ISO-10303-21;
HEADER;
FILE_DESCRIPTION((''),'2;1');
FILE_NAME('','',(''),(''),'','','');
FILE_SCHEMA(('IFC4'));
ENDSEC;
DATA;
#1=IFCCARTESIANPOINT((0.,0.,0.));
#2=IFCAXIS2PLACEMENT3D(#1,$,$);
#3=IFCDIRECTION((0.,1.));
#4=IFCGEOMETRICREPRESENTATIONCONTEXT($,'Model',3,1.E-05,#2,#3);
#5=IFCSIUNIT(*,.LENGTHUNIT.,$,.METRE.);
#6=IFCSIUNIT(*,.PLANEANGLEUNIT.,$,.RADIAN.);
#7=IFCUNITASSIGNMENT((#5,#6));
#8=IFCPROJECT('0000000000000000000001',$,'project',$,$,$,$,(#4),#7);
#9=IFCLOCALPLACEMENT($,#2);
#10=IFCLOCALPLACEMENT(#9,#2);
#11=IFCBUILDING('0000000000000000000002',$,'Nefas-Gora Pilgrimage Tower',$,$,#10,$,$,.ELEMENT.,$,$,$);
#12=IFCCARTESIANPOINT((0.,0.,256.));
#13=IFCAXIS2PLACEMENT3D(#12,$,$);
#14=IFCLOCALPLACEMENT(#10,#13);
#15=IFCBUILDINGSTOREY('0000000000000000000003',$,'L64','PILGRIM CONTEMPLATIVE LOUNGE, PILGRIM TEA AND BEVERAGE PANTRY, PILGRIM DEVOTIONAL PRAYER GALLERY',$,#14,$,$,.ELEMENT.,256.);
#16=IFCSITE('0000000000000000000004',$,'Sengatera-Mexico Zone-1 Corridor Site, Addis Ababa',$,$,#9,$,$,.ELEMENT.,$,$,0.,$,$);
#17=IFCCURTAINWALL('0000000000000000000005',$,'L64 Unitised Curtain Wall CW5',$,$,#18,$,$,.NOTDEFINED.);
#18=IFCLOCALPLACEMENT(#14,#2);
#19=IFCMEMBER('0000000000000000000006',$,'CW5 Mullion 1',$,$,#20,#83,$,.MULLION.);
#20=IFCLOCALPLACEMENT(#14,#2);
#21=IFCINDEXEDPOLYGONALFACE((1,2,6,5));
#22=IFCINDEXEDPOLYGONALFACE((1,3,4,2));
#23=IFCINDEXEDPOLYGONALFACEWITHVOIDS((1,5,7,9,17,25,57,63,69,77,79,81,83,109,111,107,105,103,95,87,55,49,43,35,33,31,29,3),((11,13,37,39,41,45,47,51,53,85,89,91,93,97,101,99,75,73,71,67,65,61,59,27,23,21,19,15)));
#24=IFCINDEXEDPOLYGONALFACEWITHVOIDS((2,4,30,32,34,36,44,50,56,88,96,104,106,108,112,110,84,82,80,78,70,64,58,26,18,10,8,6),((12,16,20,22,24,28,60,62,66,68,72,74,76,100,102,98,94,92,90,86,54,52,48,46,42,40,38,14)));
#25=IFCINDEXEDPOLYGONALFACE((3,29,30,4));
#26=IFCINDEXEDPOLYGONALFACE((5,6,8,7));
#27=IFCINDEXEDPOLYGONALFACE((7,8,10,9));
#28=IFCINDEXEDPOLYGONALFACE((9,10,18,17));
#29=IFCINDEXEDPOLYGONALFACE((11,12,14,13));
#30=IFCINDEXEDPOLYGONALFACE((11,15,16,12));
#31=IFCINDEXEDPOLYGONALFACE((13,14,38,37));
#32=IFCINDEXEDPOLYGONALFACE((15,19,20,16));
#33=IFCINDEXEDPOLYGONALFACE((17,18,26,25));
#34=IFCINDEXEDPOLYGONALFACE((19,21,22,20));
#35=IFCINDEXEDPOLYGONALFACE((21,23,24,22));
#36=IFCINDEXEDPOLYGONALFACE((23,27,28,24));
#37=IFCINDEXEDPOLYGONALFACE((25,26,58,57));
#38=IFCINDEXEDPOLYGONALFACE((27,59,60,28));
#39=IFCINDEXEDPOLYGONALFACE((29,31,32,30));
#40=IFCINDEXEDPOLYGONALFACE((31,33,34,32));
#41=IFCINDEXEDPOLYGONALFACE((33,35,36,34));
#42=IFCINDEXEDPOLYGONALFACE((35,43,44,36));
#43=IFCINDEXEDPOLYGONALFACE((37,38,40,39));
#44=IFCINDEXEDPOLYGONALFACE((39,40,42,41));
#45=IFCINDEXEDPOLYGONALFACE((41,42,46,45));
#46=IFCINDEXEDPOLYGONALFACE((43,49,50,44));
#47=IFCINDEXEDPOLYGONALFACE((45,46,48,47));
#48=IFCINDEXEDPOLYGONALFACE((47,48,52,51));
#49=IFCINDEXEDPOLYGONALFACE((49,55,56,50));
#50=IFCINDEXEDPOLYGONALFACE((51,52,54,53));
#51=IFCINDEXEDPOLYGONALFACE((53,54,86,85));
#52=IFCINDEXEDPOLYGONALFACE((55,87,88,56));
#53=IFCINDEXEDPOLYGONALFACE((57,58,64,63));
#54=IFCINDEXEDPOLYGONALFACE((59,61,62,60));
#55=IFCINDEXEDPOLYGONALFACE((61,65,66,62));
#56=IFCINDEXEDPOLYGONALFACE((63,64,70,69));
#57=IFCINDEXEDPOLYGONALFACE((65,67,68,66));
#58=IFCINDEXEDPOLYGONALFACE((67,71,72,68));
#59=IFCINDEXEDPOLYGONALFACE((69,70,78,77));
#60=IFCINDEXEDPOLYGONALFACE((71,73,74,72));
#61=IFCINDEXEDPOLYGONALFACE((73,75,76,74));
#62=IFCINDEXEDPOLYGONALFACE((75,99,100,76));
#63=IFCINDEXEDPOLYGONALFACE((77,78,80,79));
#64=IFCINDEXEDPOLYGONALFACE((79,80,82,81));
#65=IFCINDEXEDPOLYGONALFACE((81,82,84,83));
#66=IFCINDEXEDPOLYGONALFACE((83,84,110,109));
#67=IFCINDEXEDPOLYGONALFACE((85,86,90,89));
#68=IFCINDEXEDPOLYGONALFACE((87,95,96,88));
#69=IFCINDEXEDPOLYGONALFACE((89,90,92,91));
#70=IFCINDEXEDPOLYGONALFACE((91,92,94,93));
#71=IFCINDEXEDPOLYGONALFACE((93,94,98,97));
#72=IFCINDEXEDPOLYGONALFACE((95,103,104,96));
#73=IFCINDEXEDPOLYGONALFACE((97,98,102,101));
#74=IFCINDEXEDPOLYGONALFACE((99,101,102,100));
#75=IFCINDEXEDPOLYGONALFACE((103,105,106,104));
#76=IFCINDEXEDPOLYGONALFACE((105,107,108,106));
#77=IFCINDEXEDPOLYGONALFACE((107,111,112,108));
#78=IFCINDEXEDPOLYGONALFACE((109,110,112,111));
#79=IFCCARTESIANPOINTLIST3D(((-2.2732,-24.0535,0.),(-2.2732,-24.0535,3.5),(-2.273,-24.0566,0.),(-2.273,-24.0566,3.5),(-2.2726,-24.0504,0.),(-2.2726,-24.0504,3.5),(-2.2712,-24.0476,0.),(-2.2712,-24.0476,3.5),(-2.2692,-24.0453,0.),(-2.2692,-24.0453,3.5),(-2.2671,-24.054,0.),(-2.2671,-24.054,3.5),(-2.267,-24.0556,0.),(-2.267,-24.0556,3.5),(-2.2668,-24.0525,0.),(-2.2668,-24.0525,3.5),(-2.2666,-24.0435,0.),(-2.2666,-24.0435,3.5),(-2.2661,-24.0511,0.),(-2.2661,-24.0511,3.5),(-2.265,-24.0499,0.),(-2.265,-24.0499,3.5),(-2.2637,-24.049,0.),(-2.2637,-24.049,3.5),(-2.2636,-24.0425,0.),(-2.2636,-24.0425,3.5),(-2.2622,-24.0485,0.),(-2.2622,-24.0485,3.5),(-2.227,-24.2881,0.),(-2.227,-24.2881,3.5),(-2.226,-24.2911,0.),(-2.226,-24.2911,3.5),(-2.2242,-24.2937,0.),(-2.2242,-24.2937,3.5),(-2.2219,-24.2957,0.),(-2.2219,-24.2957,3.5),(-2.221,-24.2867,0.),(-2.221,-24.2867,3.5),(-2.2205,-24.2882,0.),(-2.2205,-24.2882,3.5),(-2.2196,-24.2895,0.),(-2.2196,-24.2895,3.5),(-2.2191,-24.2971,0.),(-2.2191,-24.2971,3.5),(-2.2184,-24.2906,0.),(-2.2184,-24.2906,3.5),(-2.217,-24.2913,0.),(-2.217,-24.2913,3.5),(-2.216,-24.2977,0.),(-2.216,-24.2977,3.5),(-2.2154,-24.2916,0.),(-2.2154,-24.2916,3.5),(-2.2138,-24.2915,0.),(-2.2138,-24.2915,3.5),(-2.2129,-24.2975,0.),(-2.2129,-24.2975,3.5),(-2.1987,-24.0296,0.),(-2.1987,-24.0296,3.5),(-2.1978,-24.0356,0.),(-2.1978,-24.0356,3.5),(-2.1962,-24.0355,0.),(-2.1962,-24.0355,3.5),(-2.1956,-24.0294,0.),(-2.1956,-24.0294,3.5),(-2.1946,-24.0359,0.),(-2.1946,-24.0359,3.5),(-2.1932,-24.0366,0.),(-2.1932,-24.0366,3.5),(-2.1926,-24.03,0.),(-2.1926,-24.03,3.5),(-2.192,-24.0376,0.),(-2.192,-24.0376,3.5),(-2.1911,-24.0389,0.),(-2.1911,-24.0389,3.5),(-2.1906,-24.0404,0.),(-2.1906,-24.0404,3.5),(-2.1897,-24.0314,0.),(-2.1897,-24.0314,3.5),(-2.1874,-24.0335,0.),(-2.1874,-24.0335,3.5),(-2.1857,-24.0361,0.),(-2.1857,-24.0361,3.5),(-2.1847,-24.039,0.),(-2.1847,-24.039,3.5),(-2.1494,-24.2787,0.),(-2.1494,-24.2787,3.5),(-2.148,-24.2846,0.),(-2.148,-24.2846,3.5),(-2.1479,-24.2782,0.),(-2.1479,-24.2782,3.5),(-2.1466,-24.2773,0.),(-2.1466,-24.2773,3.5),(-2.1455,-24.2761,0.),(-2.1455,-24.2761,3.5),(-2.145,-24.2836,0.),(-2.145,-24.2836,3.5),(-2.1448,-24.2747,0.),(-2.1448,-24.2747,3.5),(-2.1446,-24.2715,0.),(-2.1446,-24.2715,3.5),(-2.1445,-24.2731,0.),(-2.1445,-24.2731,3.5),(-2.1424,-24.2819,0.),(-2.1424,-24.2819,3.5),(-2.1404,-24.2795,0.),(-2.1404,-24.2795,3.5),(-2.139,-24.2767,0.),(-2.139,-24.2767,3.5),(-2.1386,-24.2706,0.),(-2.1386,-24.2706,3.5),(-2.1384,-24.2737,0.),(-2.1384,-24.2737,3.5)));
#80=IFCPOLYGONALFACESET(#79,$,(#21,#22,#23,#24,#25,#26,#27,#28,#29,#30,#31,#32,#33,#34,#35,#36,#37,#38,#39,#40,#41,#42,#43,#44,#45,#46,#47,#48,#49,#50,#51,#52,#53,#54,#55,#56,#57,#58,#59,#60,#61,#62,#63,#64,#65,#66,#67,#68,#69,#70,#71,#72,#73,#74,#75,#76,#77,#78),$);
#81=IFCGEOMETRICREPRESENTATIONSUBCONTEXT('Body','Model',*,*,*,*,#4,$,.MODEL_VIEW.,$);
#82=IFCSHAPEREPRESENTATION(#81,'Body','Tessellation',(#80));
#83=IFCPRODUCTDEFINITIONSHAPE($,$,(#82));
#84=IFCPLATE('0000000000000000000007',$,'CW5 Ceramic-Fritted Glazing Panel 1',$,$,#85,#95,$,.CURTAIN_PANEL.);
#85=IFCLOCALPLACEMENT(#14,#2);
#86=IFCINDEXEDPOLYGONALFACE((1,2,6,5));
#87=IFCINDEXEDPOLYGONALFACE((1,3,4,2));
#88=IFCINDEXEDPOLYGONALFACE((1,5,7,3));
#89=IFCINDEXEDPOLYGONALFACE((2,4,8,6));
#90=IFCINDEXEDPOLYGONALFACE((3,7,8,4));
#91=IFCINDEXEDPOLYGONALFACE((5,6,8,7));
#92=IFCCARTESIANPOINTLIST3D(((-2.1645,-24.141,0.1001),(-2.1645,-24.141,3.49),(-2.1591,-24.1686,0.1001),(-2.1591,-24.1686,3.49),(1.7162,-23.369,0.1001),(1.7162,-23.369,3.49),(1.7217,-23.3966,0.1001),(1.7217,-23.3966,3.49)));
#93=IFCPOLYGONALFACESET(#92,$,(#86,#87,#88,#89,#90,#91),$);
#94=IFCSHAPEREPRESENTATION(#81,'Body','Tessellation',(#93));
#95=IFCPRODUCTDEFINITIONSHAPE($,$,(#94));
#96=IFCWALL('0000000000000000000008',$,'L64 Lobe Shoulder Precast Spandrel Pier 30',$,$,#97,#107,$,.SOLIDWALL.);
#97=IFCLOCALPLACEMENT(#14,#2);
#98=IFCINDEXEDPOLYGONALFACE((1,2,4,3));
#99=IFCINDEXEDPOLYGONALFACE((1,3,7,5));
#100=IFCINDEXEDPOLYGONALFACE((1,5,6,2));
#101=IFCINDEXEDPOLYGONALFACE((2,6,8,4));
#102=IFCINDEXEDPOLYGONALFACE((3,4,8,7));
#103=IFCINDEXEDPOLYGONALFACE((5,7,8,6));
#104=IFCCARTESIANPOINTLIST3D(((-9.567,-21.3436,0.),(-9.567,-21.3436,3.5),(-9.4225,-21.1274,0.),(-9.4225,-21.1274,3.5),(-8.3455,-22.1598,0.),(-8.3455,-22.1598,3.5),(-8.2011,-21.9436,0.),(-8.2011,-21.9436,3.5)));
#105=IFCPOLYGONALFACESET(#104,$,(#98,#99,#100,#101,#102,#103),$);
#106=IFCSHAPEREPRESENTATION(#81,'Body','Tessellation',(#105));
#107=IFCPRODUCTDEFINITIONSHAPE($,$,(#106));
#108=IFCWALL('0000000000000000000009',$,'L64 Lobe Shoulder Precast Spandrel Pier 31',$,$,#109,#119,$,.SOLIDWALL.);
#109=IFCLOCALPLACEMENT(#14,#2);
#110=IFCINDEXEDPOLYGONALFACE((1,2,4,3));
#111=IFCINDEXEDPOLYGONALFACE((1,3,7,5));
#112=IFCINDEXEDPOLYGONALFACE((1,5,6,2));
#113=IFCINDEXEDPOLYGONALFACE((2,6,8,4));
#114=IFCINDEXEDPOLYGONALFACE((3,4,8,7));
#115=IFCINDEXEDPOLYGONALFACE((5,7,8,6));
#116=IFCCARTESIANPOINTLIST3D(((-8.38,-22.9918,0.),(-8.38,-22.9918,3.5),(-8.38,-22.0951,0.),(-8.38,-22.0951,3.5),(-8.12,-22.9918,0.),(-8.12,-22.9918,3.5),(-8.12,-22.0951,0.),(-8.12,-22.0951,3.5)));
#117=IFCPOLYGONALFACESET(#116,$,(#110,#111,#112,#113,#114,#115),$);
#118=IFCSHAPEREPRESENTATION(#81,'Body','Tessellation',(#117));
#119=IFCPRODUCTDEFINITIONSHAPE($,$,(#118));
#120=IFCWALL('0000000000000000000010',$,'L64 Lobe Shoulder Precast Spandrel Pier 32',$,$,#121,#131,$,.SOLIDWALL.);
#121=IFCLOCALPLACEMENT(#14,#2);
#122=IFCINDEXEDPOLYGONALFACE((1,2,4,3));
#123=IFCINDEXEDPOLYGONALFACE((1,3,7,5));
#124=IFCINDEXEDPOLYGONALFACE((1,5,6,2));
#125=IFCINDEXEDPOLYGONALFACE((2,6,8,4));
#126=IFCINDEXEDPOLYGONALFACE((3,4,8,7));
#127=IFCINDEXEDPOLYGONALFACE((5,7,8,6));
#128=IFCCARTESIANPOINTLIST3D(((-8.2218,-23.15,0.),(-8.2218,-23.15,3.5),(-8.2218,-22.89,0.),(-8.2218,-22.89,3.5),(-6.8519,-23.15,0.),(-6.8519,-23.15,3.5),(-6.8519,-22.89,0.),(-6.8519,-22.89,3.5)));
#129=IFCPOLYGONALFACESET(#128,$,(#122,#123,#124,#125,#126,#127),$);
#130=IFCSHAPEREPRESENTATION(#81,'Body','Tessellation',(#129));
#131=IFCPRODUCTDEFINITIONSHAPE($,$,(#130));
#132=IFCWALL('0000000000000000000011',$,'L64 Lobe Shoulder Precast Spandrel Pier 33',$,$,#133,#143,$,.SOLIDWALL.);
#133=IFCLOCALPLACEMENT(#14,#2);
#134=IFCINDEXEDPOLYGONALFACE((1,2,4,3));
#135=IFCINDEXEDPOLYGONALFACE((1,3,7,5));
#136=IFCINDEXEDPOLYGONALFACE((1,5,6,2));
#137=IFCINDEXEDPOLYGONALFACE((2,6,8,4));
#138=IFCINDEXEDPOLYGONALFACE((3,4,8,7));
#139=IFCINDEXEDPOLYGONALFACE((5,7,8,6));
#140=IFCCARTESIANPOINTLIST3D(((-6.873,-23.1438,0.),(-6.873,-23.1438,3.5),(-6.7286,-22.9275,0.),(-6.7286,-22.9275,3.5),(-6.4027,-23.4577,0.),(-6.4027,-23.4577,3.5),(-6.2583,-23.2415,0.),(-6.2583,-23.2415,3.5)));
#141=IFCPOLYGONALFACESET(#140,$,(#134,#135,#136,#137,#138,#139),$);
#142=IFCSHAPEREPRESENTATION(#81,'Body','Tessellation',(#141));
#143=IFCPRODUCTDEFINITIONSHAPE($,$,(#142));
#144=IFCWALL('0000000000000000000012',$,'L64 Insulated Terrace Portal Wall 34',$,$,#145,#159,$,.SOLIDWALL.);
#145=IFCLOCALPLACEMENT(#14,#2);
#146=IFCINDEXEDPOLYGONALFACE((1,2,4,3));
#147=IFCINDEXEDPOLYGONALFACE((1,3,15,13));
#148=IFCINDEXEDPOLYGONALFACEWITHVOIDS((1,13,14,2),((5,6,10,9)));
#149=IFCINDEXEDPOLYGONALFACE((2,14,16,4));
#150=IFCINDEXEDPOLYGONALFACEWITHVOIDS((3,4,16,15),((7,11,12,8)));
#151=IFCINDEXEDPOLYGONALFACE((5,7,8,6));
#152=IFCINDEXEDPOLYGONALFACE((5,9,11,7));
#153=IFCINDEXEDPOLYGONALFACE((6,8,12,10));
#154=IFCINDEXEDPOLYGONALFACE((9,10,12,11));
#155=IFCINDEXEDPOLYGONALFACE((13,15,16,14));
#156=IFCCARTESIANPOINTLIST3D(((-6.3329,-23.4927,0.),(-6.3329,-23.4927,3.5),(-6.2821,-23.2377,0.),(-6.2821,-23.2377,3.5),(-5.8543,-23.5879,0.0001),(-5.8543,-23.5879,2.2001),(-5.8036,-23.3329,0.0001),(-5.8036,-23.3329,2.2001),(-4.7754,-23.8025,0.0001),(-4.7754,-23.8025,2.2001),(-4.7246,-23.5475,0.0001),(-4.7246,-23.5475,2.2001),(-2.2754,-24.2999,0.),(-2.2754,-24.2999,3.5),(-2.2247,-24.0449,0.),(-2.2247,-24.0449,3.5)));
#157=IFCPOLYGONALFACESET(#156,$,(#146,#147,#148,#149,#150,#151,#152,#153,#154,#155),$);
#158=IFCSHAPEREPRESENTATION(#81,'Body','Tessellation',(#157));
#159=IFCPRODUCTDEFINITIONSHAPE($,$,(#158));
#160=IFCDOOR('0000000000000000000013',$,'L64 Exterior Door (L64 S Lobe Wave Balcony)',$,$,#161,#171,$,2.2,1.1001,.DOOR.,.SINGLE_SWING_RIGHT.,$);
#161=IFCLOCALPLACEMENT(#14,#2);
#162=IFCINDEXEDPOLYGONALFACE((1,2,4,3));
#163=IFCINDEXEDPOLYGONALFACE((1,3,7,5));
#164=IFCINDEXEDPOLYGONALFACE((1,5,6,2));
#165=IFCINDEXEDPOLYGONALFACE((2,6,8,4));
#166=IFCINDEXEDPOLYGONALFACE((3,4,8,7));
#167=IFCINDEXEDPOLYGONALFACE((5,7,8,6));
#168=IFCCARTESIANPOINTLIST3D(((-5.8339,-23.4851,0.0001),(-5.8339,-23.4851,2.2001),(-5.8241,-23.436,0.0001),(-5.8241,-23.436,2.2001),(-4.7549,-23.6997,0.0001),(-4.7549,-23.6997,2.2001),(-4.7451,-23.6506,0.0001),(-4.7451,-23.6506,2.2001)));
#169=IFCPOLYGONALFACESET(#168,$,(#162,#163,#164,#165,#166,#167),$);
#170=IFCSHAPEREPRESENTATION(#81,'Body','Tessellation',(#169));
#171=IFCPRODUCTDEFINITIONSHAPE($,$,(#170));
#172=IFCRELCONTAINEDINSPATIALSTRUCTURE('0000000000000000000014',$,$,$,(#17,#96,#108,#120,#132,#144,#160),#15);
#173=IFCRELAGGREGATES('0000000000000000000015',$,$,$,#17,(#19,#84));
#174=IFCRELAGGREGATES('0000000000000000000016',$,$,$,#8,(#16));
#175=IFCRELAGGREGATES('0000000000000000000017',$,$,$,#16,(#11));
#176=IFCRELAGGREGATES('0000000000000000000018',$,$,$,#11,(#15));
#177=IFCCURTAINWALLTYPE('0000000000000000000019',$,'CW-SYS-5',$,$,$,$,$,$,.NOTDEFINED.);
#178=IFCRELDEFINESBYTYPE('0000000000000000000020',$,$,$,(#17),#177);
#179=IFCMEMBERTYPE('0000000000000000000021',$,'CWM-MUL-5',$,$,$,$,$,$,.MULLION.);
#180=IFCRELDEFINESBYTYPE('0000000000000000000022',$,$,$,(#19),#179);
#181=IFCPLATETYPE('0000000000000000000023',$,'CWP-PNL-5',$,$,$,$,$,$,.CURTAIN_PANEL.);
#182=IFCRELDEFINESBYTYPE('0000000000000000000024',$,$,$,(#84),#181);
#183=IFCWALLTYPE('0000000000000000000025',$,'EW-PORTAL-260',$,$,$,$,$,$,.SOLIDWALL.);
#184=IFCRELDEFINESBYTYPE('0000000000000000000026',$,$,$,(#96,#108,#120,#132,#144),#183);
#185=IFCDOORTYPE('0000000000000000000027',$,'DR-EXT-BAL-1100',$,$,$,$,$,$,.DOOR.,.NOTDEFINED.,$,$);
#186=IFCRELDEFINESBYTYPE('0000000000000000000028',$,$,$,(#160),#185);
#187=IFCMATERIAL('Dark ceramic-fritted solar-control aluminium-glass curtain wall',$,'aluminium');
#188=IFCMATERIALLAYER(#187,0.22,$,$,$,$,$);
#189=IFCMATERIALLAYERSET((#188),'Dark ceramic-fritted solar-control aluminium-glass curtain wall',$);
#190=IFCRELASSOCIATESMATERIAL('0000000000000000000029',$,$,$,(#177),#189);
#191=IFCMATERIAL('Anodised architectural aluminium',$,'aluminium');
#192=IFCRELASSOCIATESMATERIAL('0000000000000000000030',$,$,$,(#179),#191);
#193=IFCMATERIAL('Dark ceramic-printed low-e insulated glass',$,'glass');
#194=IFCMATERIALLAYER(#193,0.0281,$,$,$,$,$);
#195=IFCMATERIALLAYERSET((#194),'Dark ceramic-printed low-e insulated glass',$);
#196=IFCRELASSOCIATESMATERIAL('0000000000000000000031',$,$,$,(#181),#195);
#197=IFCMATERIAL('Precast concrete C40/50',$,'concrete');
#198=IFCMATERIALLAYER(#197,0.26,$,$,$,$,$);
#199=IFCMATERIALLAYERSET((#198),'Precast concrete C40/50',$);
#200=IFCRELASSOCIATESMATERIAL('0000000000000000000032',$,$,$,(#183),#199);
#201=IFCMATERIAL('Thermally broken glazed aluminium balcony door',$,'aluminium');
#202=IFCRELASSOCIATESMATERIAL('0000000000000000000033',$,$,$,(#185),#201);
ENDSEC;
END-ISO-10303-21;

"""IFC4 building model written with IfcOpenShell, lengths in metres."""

from ifc_helpers import new_model, si_unit, direction, frame, frame_2d, origin, origin_2d, place, context, subcontext, project, spatial, rectangle, hollow_rectangle, extrude, source, transform, mapped, material, layer, layer_set, material_profile, profile_set, type_object, element, fill, aggregate, save


model = new_model("IFC4")

# Units and contexts
model_context = context("Model", 3, precision=1e-05, world=origin(), true_north=direction((0.0, 1.0)))
body_context = subcontext(model_context, "Body", "Model", "MODEL_VIEW")
ifc_project = project(units=[si_unit("LENGTHUNIT", "METRE"), si_unit("PLANEANGLEUNIT", "RADIAN")], contexts=[model_context])

# Site, building, storey
site_placement = place(None, origin())
site = spatial("IfcSite", under=ifc_project, at=site_placement, Name="Sengatera-Mexico Zone-1 Corridor Site, Addis Ababa", CompositionType="ELEMENT", RefElevation=0.0)
building_placement = place(site_placement, origin())
building = spatial("IfcBuilding", under=site, at=building_placement, Name="Nefas-Gora Pilgrimage Tower", CompositionType="ELEMENT")
storey_placement = place(building_placement, frame((0.0, 0.0, 256.0)))
storey = spatial("IfcBuildingStorey", under=building, at=storey_placement, Name="L64", Description="PILGRIM CONTEMPLATIVE LOUNGE, PILGRIM TEA AND BEVERAGE PANTRY, PILGRIM DEVOTIONAL PRAYER GALLERY", CompositionType="ELEMENT", Elevation=256.0)

# Curtain wall
ifc_material_1 = material(Name="Dark ceramic-fritted solar-control aluminium-glass curtain wall", Category="aluminium")
ifc_layer_1 = layer(ifc_material_1, 0.22)
ifc_layer_set_1 = layer_set([ifc_layer_1], Name="Dark ceramic-fritted solar-control aluminium-glass curtain wall")
curtain_wall_type = type_object("IfcCurtainWallType", Name="CW-SYS-5", PredefinedType="NOTDEFINED", material=ifc_layer_set_1)
curtain_wall_1_placement = place(storey_placement, origin())
curtain_wall_1 = element("IfcCurtainWall", 1, at=curtain_wall_1_placement, inside=storey, type_object=curtain_wall_type, Name="L64 Unitised Curtain Wall CW5", PredefinedType="NOTDEFINED")
ifc_material_2 = material(Name="Anodised architectural aluminium", Category="aluminium")
ifc_material_profile_1 = material_profile(ifc_material_2, hollow_rectangle(XDim=0.0901, YDim=0.26, WallThickness=0.0061, InnerFilletRadius=0.0061, OuterFilletRadius=0.012, at=origin_2d()), Name="ALU MULLION 90x260")
ifc_profile_set_1 = profile_set([ifc_material_profile_1], Name="Anodised architectural aluminium")
member_type_1 = type_object("IfcMemberType", Name="CWM-MUL-5", PredefinedType="MULLION", material=ifc_profile_set_1)
shared_shape_1 = source(origin(), body_context, "Body", "SweptSolid", [
    extrude(hollow_rectangle(XDim=0.0901, YDim=0.26, WallThickness=0.0061, InnerFilletRadius=0.0061, OuterFilletRadius=0.012, at=origin_2d()), origin(), (0.0, 0.0, 1.0), 3.5),
])

# Member
member_1_placement = place(storey_placement, frame((-2.2058, -24.1636, 0.0), z_axis=(0.0, 0.0, 1.0), x_axis=(0.980783, 0.195102, 0.0)))
member_1 = element("IfcMember", 2, at=member_1_placement, type_object=member_type_1, Name="CW5 Mullion 1", PredefinedType="MULLION", context=body_context, shape_type="MappedRepresentation", body=[
    mapped(shared_shape_1, transform((0.0, 0.0, 0.0), x_axis=(1.0, 0.0, 0.0), y_axis=(0.0, 1.0, 0.0), z_axis=(0.0, 0.0, 1.0), scale=1.0)),
])

# Plate
ifc_material_3 = material(Name="Dark ceramic-printed low-e insulated glass", Category="glass")
ifc_layer_2 = layer(ifc_material_3, 0.0281)
ifc_layer_set_2 = layer_set([ifc_layer_2], Name="Dark ceramic-printed low-e insulated glass")
plate_type = type_object("IfcPlateType", Name="CWP-PNL-5", PredefinedType="CURTAIN_PANEL", material=ifc_layer_set_2)
shared_shape_2 = source(origin(), body_context, "Body", "SweptSolid", [
    extrude(rectangle(XDim=3.9568, YDim=0.0281, at=origin_2d()), origin(), (0.0, 0.0, 1.0), 3.3899),
])
plate_placement = place(storey_placement, frame((-0.2214, -23.7688, 0.1001), z_axis=(0.0, 0.0, 1.0), x_axis=(0.980783, 0.195102, 0.0)))
plate = element("IfcPlate", 3, at=plate_placement, type_object=plate_type, Name="CW5 Ceramic-Fritted Glazing Panel 1", PredefinedType="CURTAIN_PANEL", context=body_context, shape_type="MappedRepresentation", body=[
    mapped(shared_shape_2, transform((0.0, 0.0, 0.0), x_axis=(1.0, 0.0, 0.0), y_axis=(0.0, 1.0, 0.0), z_axis=(0.0, 0.0, 1.0), scale=1.0)),
])
aggregate(curtain_wall_1, [member_1, plate])

# Walls
ifc_material_4 = material(Name="Precast concrete C40/50", Category="concrete")
ifc_layer_3 = layer(ifc_material_4, 0.26)
ifc_layer_set_3 = layer_set([ifc_layer_3], Name="Precast concrete C40/50")
wall_type_1 = type_object("IfcWallType", Name="EW-PORTAL-260", PredefinedType="SOLIDWALL", material=ifc_layer_set_3)
shared_shape_3 = source(origin(), body_context, "Body", "SweptSolid", [
    extrude(rectangle(XDim=1.469, YDim=0.26, at=frame_2d((0.7344, 0.0))), origin(), (0.0, 0.0, 1.0), 3.5),
])
wall_1_placement = place(storey_placement, frame((-9.4946, -21.2356, 0.0), z_axis=(0.0, 0.0, 1.0), x_axis=(0.831462, -0.555582, 0.0)))
element("IfcWall", 4, at=wall_1_placement, inside=storey, type_object=wall_type_1, Name="L64 Lobe Shoulder Precast Spandrel Pier 30", PredefinedType="SOLIDWALL", context=body_context, shape_type="MappedRepresentation", body=[
    mapped(shared_shape_3, transform((0.0, 0.0, 0.0), x_axis=(1.0, 0.0, 0.0), y_axis=(0.0, 1.0, 0.0), z_axis=(0.0, 0.0, 1.0), scale=1.0)),
])
shared_shape_4 = source(origin(), body_context, "Body", "SweptSolid", [
    extrude(rectangle(XDim=0.8967, YDim=0.26, at=frame_2d((0.4482, 0.0))), origin(), (0.0, 0.0, 1.0), 3.5),
])
wall_2_placement = place(storey_placement, frame((-8.25, -22.0952, 0.0), z_axis=(0.0, 0.0, 1.0), x_axis=(0.0, -1.0, 0.0)))
element("IfcWall", 5, at=wall_2_placement, inside=storey, type_object=wall_type_1, Name="L64 Lobe Shoulder Precast Spandrel Pier 31", PredefinedType="SOLIDWALL", context=body_context, shape_type="MappedRepresentation", body=[
    mapped(shared_shape_4, transform((0.0, 0.0, 0.0), x_axis=(1.0, 0.0, 0.0), y_axis=(0.0, 1.0, 0.0), z_axis=(0.0, 0.0, 1.0), scale=1.0)),
])
shared_shape_5 = source(origin(), body_context, "Body", "SweptSolid", [
    extrude(rectangle(XDim=1.3699, YDim=0.26, at=frame_2d((0.6851, 0.0))), origin(), (0.0, 0.0, 1.0), 3.5),
])
wall_3_placement = place(storey_placement, frame((-8.2219, -23.02, 0.0), z_axis=(0.0, 0.0, 1.0), x_axis=(1.0, 0.0, 0.0)))
element("IfcWall", 6, at=wall_3_placement, inside=storey, type_object=wall_type_1, Name="L64 Lobe Shoulder Precast Spandrel Pier 32", PredefinedType="SOLIDWALL", context=body_context, shape_type="MappedRepresentation", body=[
    mapped(shared_shape_5, transform((0.0, 0.0, 0.0), x_axis=(1.0, 0.0, 0.0), y_axis=(0.0, 1.0, 0.0), z_axis=(0.0, 0.0, 1.0), scale=1.0)),
])
shared_shape_6 = source(origin(), body_context, "Body", "SweptSolid", [
    extrude(rectangle(XDim=0.5654, YDim=0.26, at=frame_2d((0.2827, 0.0))), origin(), (0.0, 0.0, 1.0), 3.5),
])
wall_4_placement = place(storey_placement, frame((-6.8008, -23.0356, 0.0), z_axis=(0.0, 0.0, 1.0), x_axis=(0.831651, -0.555298, 0.0)))
element("IfcWall", 7, at=wall_4_placement, inside=storey, type_object=wall_type_1, Name="L64 Lobe Shoulder Precast Spandrel Pier 33", PredefinedType="SOLIDWALL", context=body_context, shape_type="MappedRepresentation", body=[
    mapped(shared_shape_6, transform((0.0, 0.0, 0.0), x_axis=(1.0, 0.0, 0.0), y_axis=(0.0, 1.0, 0.0), z_axis=(0.0, 0.0, 1.0), scale=1.0)),
])

# Wall, opening, door
shared_shape_7 = source(origin(), body_context, "Body", "SweptSolid", [
    extrude(rectangle(XDim=4.137, YDim=0.26, at=frame_2d((2.0684, 0.0))), origin(), (0.0, 0.0, 1.0), 3.5),
])
wall_5_placement = place(storey_placement, frame((-6.3074, -23.3652, 0.0), z_axis=(0.0, 0.0, 1.0), x_axis=(0.980782, -0.195106, 0.0)))
wall_5 = element("IfcWall", 8, at=wall_5_placement, inside=storey, type_object=wall_type_1, Name="L64 Insulated Terrace Portal Wall 34", PredefinedType="SOLIDWALL", context=body_context, shape_type="MappedRepresentation", body=[
    mapped(shared_shape_7, transform((0.0, 0.0, 0.0), x_axis=(1.0, 0.0, 0.0), y_axis=(0.0, 1.0, 0.0), z_axis=(0.0, 0.0, 1.0), scale=1.0)),
])
opening_1_placement = place(wall_5_placement, frame((0.4878, 0.0, 0.0)))
opening_1 = element("IfcOpeningElement", 9, at=opening_1_placement, cuts=wall_5, PredefinedType="OPENING", context=body_context, shape_type="SweptSolid", body=[
    extrude(rectangle(XDim=1.1001, YDim=2.2, at=frame_2d((0.55, 1.1001))), frame((0.0, 0.1399, 0.0), z_axis=(0.0, -1.0, 0.0), x_axis=(1.0, 0.0, 0.0)), (0.0, 0.0, 1.0), 0.28),
])
ifc_material_5 = material(Name="Thermally broken glazed aluminium balcony door", Category="aluminium")
door_type_1 = type_object("IfcDoorType", Name="DR-EXT-BAL-1100", OperationType="NOTDEFINED", PredefinedType="DOOR", material=ifc_material_5)
shared_shape_8 = source(origin(), body_context, "Body", "SweptSolid", [
    extrude(rectangle(XDim=1.1001, YDim=2.2, at=frame_2d((0.55, 1.1001))), frame((0.0, 0.0249, 0.0), z_axis=(0.0, -1.0, 0.0), x_axis=(1.0, 0.0, 0.0)), (0.0, 0.0, 1.0), 0.05),
])
door_1_placement = place(opening_1_placement, origin())
door_1 = element("IfcDoor", 10, at=door_1_placement, inside=storey, type_object=door_type_1, Name="L64 Exterior Door (L64 S Lobe Wave Balcony)", OperationType="SINGLE_SWING_RIGHT", OverallHeight=2.2, OverallWidth=1.1001, PredefinedType="DOOR", context=body_context, shape_type="MappedRepresentation", body=[
    mapped(shared_shape_8, transform((0.0, 0.0, 0.0), x_axis=(1.0, 0.0, 0.0), y_axis=(0.0, 1.0, 0.0), z_axis=(0.0, 0.0, 1.0), scale=1.0)),
])
fill(opening_1, door_1)

save(model, "model.ifc")
